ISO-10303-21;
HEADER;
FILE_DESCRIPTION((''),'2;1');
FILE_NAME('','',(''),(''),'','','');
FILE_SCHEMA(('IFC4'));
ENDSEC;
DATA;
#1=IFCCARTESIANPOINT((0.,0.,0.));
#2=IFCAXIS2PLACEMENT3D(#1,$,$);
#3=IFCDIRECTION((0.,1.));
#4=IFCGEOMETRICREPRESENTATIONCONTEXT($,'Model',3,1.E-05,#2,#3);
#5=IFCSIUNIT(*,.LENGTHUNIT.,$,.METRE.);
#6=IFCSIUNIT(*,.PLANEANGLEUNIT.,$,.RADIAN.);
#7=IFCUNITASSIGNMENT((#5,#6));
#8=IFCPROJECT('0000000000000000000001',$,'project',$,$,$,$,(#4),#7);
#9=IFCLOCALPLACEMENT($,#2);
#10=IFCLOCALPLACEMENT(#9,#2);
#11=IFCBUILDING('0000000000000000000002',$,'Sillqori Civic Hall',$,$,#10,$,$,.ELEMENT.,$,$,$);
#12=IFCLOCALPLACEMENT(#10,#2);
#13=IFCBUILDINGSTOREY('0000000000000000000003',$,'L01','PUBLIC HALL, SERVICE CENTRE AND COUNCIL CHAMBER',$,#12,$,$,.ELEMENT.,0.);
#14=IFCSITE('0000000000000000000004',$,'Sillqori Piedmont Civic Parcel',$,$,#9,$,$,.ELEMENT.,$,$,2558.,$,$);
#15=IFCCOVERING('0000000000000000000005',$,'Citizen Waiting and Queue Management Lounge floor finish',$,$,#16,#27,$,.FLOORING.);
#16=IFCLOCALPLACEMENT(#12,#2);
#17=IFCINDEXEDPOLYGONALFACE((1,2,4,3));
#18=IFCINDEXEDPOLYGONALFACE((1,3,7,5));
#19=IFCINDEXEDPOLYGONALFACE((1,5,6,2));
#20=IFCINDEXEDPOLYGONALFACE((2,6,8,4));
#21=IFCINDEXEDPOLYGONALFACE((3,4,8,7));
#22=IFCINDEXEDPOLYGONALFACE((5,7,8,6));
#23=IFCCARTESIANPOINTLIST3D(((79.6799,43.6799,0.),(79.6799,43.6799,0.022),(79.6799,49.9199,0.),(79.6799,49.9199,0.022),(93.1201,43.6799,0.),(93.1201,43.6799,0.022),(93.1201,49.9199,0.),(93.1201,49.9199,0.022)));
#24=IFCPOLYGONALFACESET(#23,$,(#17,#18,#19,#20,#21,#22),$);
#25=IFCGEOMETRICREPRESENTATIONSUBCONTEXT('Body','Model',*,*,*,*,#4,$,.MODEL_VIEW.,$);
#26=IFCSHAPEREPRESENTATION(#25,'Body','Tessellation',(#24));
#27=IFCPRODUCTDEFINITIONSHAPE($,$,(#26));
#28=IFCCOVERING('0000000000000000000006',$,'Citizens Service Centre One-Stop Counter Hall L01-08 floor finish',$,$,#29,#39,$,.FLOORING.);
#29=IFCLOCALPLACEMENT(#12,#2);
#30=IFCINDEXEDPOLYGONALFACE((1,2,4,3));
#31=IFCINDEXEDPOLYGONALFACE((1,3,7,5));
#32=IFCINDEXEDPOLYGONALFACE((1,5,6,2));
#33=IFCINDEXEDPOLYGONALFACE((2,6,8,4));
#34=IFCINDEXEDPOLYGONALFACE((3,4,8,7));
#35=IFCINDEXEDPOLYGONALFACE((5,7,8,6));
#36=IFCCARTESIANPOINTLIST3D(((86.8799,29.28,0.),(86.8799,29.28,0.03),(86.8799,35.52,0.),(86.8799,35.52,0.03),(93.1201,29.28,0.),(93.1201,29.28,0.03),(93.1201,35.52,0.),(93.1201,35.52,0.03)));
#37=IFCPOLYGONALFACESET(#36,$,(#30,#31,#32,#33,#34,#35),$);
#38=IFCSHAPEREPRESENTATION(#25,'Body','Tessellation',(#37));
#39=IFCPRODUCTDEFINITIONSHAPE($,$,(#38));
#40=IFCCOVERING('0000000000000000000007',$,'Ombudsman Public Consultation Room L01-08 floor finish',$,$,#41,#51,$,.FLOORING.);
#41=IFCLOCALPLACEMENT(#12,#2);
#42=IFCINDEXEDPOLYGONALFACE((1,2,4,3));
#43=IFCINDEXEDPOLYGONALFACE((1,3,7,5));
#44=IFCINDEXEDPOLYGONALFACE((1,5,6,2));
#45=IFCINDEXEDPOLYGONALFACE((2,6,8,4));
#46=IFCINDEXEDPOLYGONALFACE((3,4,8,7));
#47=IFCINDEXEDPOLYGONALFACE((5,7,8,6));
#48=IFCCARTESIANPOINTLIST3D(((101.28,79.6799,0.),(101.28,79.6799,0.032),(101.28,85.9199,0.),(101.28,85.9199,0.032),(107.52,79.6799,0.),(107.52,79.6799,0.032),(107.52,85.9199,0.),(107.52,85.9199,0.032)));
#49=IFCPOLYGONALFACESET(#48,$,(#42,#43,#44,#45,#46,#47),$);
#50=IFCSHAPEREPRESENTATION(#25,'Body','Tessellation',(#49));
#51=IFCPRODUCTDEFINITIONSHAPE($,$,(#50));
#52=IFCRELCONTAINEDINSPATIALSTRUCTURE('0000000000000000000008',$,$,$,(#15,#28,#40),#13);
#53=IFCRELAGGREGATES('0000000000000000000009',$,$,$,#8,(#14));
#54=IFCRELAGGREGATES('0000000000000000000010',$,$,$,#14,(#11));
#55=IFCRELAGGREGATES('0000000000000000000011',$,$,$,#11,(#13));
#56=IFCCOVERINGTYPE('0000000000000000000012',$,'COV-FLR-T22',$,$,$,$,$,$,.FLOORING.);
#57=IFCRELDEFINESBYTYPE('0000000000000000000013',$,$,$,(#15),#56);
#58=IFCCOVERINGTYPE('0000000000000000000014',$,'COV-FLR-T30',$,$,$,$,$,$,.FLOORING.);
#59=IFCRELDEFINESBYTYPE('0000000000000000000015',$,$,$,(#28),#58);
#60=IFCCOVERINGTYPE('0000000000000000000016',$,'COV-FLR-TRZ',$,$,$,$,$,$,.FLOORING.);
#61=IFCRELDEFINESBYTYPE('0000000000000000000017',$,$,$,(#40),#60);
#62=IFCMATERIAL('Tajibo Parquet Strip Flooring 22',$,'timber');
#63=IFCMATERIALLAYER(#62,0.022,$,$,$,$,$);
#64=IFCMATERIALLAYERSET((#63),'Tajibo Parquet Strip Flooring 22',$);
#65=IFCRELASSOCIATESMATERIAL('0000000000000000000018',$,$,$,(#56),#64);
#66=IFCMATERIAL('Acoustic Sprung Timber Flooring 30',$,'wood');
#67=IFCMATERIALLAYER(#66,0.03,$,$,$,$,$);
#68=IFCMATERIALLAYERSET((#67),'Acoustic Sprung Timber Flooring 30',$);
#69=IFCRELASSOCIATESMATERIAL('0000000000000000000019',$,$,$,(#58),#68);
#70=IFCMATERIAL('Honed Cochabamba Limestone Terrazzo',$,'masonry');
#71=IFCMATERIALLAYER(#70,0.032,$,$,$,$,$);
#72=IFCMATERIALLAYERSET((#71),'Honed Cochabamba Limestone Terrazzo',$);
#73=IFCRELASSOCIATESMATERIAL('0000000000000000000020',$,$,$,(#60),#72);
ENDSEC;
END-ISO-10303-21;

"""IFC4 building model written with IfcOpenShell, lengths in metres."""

from ifc_helpers import new_model, si_unit, direction, origin, place, context, subcontext, project, spatial, polyline, outline, extrude, material, layer, layer_set, type_object, element, save


model = new_model("IFC4")

# Units and contexts
model_context = context("Model", 3, precision=1e-05, world=origin(), true_north=direction((0.0, 1.0)))
body_context = subcontext(model_context, "Body", "Model", "MODEL_VIEW")
ifc_project = project(units=[si_unit("LENGTHUNIT", "METRE"), si_unit("PLANEANGLEUNIT", "RADIAN")], contexts=[model_context])

# Site, building, storey
site_placement = place(None, origin())
site = spatial("IfcSite", under=ifc_project, at=site_placement, Name="Sillqori Piedmont Civic Parcel", CompositionType="ELEMENT", RefElevation=2558.0)
building_placement = place(site_placement, origin())
building = spatial("IfcBuilding", under=site, at=building_placement, Name="Sillqori Civic Hall", CompositionType="ELEMENT")
storey_placement = place(building_placement, origin())
storey = spatial("IfcBuildingStorey", under=building, at=storey_placement, Name="L01", Description="PUBLIC HALL, SERVICE CENTRE AND COUNCIL CHAMBER", CompositionType="ELEMENT", Elevation=0.0)

# Coverings
ifc_material_1 = material(Name="Tajibo Parquet Strip Flooring 22", Category="timber")
ifc_layer_1 = layer(ifc_material_1, 0.022)
ifc_layer_set_1 = layer_set([ifc_layer_1], Name="Tajibo Parquet Strip Flooring 22")
covering_type_1 = type_object("IfcCoveringType", Name="COV-FLR-T22", PredefinedType="FLOORING", material=ifc_layer_set_1)
covering_1_placement = place(storey_placement, origin())
element("IfcCovering", 1, at=covering_1_placement, inside=storey, type_object=covering_type_1, Name="Citizen Waiting and Queue Management Lounge floor finish", PredefinedType="FLOORING", context=body_context, shape_type="SweptSolid", body=[
    extrude(outline(polyline([(79.6799, 43.6799), (93.1201, 43.6799), (93.1201, 49.9199), (79.6799, 49.9199), (79.6799, 43.6799)])), origin(), (0.0, 0.0, 1.0), 0.022),
])
ifc_material_2 = material(Name="Acoustic Sprung Timber Flooring 30", Category="wood")
ifc_layer_2 = layer(ifc_material_2, 0.03)
ifc_layer_set_2 = layer_set([ifc_layer_2], Name="Acoustic Sprung Timber Flooring 30")
covering_type_2 = type_object("IfcCoveringType", Name="COV-FLR-T30", PredefinedType="FLOORING", material=ifc_layer_set_2)
covering_2_placement = place(storey_placement, origin())
element("IfcCovering", 2, at=covering_2_placement, inside=storey, type_object=covering_type_2, Name="Citizens Service Centre One-Stop Counter Hall L01-08 floor finish", PredefinedType="FLOORING", context=body_context, shape_type="SweptSolid", body=[
    extrude(outline(polyline([(86.8799, 29.28), (93.1201, 29.28), (93.1201, 35.52), (86.8799, 35.52), (86.8799, 29.28)])), origin(), (0.0, 0.0, 1.0), 0.03),
])
ifc_material_3 = material(Name="Honed Cochabamba Limestone Terrazzo", Category="masonry")
ifc_layer_3 = layer(ifc_material_3, 0.032)
ifc_layer_set_3 = layer_set([ifc_layer_3], Name="Honed Cochabamba Limestone Terrazzo")
covering_type_3 = type_object("IfcCoveringType", Name="COV-FLR-TRZ", PredefinedType="FLOORING", material=ifc_layer_set_3)
covering_3_placement = place(storey_placement, origin())
element("IfcCovering", 3, at=covering_3_placement, inside=storey, type_object=covering_type_3, Name="Ombudsman Public Consultation Room L01-08 floor finish", PredefinedType="FLOORING", context=body_context, shape_type="SweptSolid", body=[
    extrude(outline(polyline([(101.28, 79.6799), (107.52, 79.6799), (107.52, 85.9199), (101.28, 85.9199), (101.28, 79.6799)])), origin(), (0.0, 0.0, 1.0), 0.032),
])

save(model, "model.ifc")
